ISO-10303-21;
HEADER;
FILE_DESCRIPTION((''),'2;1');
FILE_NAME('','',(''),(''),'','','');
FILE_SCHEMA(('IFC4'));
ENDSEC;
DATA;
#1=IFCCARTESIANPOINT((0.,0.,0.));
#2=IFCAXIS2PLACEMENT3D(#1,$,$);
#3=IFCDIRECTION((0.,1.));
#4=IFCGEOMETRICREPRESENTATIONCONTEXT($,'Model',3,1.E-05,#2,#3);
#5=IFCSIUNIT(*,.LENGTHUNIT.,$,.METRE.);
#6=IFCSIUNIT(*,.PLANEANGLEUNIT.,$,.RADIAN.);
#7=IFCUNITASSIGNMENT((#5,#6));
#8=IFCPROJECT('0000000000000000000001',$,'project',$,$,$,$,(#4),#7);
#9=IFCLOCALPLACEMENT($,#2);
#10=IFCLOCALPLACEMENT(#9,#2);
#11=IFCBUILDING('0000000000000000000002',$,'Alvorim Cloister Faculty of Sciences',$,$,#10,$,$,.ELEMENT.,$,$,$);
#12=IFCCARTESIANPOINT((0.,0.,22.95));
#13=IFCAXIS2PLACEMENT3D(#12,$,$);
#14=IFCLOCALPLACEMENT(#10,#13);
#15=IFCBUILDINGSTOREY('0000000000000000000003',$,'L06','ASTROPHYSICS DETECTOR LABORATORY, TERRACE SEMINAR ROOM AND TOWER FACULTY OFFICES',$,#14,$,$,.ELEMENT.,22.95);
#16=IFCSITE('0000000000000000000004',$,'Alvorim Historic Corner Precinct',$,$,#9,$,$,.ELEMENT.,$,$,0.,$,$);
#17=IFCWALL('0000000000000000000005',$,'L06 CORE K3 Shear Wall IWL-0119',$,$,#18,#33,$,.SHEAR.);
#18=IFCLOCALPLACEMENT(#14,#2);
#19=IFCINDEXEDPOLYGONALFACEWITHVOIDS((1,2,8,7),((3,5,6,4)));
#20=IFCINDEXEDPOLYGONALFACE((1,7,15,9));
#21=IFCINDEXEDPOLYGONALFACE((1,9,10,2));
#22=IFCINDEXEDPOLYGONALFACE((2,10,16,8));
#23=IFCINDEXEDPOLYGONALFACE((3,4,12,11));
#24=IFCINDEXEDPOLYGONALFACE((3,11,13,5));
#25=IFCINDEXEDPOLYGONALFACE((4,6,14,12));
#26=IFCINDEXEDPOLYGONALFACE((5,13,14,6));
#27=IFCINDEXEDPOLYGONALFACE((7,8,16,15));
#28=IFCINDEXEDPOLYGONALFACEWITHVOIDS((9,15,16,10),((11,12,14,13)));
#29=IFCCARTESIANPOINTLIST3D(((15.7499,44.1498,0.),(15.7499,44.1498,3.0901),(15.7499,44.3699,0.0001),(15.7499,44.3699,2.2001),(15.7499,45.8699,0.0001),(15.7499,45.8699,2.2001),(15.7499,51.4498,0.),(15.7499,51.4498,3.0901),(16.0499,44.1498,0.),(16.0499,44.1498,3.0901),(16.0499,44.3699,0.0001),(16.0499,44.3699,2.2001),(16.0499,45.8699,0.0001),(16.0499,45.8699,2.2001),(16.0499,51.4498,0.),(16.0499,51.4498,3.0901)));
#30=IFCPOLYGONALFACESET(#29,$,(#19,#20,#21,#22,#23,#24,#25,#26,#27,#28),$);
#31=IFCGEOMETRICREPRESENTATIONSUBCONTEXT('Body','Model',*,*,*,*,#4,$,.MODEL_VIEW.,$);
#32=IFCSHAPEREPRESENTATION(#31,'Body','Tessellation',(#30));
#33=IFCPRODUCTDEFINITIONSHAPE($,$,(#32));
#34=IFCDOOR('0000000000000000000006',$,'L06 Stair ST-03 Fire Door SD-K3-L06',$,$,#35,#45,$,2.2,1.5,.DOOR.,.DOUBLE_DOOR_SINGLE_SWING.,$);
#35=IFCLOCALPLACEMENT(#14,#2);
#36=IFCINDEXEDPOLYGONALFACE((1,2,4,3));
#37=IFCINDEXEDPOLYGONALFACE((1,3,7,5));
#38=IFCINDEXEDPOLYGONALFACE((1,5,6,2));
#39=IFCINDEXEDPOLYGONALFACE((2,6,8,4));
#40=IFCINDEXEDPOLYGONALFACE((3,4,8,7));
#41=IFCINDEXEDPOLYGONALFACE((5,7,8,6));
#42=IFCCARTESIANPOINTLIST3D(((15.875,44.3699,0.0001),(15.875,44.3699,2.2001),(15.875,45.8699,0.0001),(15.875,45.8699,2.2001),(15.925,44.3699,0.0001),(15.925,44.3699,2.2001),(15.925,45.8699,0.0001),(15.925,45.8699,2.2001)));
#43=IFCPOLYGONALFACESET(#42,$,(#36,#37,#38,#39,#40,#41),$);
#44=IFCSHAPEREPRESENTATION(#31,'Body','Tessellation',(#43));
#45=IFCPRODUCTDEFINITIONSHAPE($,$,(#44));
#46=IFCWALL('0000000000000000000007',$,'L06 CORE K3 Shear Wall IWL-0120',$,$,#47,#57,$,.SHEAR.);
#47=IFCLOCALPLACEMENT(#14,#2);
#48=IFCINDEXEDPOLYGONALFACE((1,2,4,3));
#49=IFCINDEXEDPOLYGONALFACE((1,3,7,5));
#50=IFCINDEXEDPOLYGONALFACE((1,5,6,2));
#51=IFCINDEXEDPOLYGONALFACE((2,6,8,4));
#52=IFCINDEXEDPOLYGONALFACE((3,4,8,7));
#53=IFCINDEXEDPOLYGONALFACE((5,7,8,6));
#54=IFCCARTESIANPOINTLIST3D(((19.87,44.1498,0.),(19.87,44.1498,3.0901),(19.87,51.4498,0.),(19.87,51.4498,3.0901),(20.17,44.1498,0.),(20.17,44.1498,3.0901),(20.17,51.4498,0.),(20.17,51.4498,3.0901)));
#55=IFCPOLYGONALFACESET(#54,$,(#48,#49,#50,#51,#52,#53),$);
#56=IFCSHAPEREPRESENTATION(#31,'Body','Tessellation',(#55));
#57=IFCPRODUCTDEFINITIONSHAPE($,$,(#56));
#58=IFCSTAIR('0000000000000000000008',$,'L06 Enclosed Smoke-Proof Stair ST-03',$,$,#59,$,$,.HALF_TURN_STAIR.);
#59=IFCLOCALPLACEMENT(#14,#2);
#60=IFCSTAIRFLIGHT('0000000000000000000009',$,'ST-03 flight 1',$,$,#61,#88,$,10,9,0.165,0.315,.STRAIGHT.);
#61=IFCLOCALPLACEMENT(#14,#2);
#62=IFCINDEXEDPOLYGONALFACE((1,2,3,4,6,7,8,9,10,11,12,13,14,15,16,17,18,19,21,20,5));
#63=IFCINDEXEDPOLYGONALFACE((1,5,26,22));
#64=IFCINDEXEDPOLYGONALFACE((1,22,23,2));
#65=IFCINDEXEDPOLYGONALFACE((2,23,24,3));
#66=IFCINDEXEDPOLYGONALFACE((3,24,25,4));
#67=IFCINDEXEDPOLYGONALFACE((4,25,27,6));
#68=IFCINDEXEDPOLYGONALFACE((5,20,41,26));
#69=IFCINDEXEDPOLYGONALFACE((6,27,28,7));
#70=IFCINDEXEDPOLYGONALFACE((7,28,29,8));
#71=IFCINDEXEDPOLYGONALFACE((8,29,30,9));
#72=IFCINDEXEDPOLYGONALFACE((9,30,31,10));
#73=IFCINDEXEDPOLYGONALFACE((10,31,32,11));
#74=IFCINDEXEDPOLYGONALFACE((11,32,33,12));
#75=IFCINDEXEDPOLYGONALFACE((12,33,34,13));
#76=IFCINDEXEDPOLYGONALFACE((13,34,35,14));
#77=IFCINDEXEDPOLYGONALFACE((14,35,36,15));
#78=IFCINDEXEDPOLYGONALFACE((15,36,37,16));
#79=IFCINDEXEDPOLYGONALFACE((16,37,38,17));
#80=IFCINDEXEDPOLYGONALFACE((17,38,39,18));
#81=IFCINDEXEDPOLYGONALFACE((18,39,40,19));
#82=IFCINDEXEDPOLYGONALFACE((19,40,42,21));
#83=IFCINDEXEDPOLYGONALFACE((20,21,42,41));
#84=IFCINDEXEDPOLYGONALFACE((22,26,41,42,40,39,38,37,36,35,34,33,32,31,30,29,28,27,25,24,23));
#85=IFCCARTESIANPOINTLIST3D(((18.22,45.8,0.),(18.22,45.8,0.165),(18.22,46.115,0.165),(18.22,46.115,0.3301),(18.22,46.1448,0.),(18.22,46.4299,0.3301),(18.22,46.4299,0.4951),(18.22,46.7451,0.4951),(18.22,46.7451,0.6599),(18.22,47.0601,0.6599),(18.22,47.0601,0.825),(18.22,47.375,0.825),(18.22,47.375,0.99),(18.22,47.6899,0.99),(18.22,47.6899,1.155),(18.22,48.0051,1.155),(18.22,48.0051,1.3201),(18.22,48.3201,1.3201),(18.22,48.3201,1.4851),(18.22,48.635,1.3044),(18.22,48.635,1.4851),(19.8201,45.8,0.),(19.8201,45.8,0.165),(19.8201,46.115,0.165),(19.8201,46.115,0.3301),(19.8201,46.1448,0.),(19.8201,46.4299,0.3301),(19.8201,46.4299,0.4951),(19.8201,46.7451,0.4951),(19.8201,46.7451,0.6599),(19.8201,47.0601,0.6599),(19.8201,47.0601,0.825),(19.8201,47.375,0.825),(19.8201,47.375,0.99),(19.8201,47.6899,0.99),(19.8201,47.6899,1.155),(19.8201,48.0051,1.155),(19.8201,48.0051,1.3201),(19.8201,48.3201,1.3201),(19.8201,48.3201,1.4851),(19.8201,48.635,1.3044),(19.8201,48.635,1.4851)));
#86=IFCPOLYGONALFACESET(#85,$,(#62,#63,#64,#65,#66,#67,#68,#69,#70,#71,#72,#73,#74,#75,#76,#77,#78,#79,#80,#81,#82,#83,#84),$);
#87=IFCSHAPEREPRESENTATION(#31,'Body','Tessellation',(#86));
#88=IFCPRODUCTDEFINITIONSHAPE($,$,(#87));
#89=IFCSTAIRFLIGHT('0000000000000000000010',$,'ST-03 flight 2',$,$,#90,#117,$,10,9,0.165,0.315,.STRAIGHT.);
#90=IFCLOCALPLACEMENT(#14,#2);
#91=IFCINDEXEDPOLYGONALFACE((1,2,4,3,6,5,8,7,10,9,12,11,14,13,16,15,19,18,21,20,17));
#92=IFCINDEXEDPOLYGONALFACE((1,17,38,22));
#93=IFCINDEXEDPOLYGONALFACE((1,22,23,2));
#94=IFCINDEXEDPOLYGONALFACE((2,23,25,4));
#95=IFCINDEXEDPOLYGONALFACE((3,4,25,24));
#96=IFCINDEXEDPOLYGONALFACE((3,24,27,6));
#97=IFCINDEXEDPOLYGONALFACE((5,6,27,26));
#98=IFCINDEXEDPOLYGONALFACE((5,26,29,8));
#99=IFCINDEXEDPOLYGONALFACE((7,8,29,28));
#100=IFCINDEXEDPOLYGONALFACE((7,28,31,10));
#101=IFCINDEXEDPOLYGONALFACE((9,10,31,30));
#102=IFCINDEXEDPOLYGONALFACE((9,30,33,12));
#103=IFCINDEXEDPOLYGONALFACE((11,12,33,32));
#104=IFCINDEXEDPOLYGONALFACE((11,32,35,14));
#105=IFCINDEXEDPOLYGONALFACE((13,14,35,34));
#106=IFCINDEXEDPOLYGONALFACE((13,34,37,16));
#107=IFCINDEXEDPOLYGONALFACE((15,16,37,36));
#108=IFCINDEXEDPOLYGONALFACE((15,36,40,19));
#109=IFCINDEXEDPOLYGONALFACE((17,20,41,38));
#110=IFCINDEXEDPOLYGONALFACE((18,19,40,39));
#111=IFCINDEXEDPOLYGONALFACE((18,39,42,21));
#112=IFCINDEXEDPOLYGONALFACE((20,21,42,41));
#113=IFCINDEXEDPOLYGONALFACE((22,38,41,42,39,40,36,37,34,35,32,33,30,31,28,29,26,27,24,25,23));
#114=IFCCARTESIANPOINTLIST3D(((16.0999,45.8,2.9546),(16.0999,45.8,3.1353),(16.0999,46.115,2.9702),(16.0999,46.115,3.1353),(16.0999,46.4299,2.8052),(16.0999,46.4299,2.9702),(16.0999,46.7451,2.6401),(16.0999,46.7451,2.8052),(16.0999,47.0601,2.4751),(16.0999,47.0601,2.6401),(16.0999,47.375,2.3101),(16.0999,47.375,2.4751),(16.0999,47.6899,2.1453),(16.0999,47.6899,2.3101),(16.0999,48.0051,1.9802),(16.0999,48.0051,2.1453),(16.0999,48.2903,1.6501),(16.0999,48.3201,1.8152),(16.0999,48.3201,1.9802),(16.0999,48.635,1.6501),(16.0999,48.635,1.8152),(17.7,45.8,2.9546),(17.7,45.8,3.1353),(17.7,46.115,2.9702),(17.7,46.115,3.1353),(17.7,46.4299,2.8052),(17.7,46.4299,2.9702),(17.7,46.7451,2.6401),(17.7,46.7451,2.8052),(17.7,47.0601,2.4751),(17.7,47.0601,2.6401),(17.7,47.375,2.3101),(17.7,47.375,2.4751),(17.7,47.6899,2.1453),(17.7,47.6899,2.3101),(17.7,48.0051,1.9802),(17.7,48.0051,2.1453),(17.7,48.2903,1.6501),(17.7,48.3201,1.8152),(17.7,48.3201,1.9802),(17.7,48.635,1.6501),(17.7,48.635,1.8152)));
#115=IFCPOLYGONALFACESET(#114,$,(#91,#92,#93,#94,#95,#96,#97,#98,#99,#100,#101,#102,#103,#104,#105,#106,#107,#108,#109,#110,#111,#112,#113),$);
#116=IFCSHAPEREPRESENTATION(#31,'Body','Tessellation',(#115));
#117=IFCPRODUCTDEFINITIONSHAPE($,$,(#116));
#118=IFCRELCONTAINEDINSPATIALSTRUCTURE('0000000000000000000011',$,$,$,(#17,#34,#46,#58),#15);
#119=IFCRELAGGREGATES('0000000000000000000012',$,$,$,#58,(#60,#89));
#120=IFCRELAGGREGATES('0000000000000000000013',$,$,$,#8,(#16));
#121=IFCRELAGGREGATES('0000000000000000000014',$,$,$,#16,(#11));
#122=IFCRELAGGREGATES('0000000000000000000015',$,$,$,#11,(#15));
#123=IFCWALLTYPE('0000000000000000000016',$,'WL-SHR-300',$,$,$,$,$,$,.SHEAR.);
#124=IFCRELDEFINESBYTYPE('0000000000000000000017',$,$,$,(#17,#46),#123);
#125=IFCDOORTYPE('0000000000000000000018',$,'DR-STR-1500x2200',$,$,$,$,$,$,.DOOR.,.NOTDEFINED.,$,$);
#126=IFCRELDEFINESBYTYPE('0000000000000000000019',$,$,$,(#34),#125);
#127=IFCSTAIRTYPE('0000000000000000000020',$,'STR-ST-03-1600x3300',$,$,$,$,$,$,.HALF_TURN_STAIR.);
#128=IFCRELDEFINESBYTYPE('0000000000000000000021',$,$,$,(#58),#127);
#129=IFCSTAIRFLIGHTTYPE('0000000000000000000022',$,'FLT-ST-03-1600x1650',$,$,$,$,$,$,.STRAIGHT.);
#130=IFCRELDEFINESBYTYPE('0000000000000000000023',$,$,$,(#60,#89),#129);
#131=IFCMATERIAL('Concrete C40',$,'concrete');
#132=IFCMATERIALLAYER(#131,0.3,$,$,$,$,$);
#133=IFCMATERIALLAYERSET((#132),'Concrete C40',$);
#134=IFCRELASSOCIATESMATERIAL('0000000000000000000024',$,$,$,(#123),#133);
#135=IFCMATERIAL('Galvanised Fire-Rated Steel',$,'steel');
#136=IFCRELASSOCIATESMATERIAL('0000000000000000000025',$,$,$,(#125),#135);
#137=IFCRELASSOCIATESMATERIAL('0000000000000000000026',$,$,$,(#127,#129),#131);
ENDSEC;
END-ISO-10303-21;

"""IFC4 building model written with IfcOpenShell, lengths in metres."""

from ifc_helpers import new_model, si_unit, direction, frame, frame_2d, origin, place, context, subcontext, project, spatial, polyline, rectangle, outline, extrude, material, layer, layer_set, type_object, element, fill, aggregate, save


model = new_model("IFC4")

# Units and contexts
model_context = context("Model", 3, precision=1e-05, world=origin(), true_north=direction((0.0, 1.0)))
body_context = subcontext(model_context, "Body", "Model", "MODEL_VIEW")
ifc_project = project(units=[si_unit("LENGTHUNIT", "METRE"), si_unit("PLANEANGLEUNIT", "RADIAN")], contexts=[model_context])

# Site, building, storey
site_placement = place(None, origin())
site = spatial("IfcSite", under=ifc_project, at=site_placement, Name="Alvorim Historic Corner Precinct", CompositionType="ELEMENT", RefElevation=0.0)
building_placement = place(site_placement, origin())
building = spatial("IfcBuilding", under=site, at=building_placement, Name="Alvorim Cloister Faculty of Sciences", CompositionType="ELEMENT")
storey_placement = place(building_placement, frame((0.0, 0.0, 22.95)))
storey = spatial("IfcBuildingStorey", under=building, at=storey_placement, Name="L06", Description="ASTROPHYSICS DETECTOR LABORATORY, TERRACE SEMINAR ROOM AND TOWER FACULTY OFFICES", CompositionType="ELEMENT", Elevation=22.95)

# Shared definitions
ifc_material_1 = material(Name="Concrete C40", Category="concrete")
ifc_layer = layer(ifc_material_1, 0.3)
ifc_layer_set = layer_set([ifc_layer], Name="Concrete C40")
wall_type = type_object("IfcWallType", Name="WL-SHR-300", PredefinedType="SHEAR", material=ifc_layer_set)

# Wall, opening, door
wall_1_placement = place(storey_placement, frame((15.8999, 44.1499, 0.0), z_axis=(0.0, 0.0, 1.0), x_axis=(0.0, 1.0, 0.0)))
wall_1 = element("IfcWall", 1, at=wall_1_placement, inside=storey, type_object=wall_type, Name="L06 CORE K3 Shear Wall IWL-0119", PredefinedType="SHEAR", context=body_context, shape_type="SweptSolid", body=[
    extrude(rectangle(XDim=7.3, YDim=0.3, at=frame_2d((3.6499, 0.0))), origin(), (0.0, 0.0, 1.0), 3.0901),
])
opening_placement = place(wall_1_placement, frame((0.22, 0.0, 0.0)))
opening = element("IfcOpeningElement", 2, at=opening_placement, cuts=wall_1, PredefinedType="OPENING", context=body_context, shape_type="SweptSolid", body=[
    extrude(rectangle(XDim=1.5, YDim=2.2, at=frame_2d((0.75, 1.1001))), frame((0.0, 0.1621, 0.0), z_axis=(0.0, -1.0, 0.0), x_axis=(1.0, 0.0, 0.0)), (0.0, 0.0, 1.0), 0.324),
])
ifc_material_2 = material(Name="Galvanised Fire-Rated Steel", Category="steel")
door_type = type_object("IfcDoorType", Name="DR-STR-1500x2200", OperationType="NOTDEFINED", PredefinedType="DOOR", material=ifc_material_2)
door_placement = place(opening_placement, origin())
door = element("IfcDoor", 3, at=door_placement, inside=storey, type_object=door_type, Name="L06 Stair ST-03 Fire Door SD-K3-L06", OperationType="DOUBLE_DOOR_SINGLE_SWING", OverallHeight=2.2, OverallWidth=1.5, PredefinedType="DOOR", context=body_context, shape_type="SweptSolid", body=[
    extrude(rectangle(XDim=1.5, YDim=2.2, at=frame_2d((0.75, 1.1001))), frame((0.0, 0.0249, 0.0), z_axis=(0.0, -1.0, 0.0), x_axis=(1.0, 0.0, 0.0)), (0.0, 0.0, 1.0), 0.05),
])
fill(opening, door)

# Wall
wall_2_placement = place(storey_placement, frame((20.02, 44.1499, 0.0), z_axis=(0.0, 0.0, 1.0), x_axis=(0.0, 1.0, 0.0)))
element("IfcWall", 4, at=wall_2_placement, inside=storey, type_object=wall_type, Name="L06 CORE K3 Shear Wall IWL-0120", PredefinedType="SHEAR", context=body_context, shape_type="SweptSolid", body=[
    extrude(rectangle(XDim=7.3, YDim=0.3, at=frame_2d((3.6499, 0.0))), origin(), (0.0, 0.0, 1.0), 3.0901),
])

# Stair, stair flights
stair_type = type_object("IfcStairType", Name="STR-ST-03-1600x3300", PredefinedType="HALF_TURN_STAIR", material=ifc_material_1)
stair_placement = place(storey_placement, origin())
stair = element("IfcStair", 5, at=stair_placement, inside=storey, type_object=stair_type, Name="L06 Enclosed Smoke-Proof Stair ST-03", PredefinedType="HALF_TURN_STAIR")
stair_flight_type = type_object("IfcStairFlightType", Name="FLT-ST-03-1600x1650", PredefinedType="STRAIGHT", material=ifc_material_1)
stair_flight_1_placement = place(storey_placement, frame((19.02, 45.8, 0.0), z_axis=(0.0, 0.0, 1.0), x_axis=(0.0, 1.0, 0.0)))
stair_flight_1 = element("IfcStairFlight", 6, at=stair_flight_1_placement, type_object=stair_flight_type, Name="ST-03 flight 1", NumberOfRisers=10, NumberOfTreads=9, PredefinedType="STRAIGHT", RiserHeight=0.165, TreadLength=0.315, context=body_context, shape_type="SweptSolid", body=[
    extrude(outline(polyline([(0.3447, 0.0), (2.835, 1.3044), (2.835, 1.6499), (2.835, 1.4851), (2.52, 1.4851), (2.52, 1.3201), (2.2051, 1.3201), (2.2051, 1.155), (1.8899, 1.155), (1.8899, 0.99), (1.575, 0.99), (1.575, 0.825), (1.26, 0.825), (1.26, 0.6599), (0.9451, 0.6599), (0.9451, 0.4951), (0.6299, 0.4951), (0.6299, 0.3301), (0.3149, 0.3301), (0.3149, 0.165), (0.0, 0.165), (0.0, 0.0), (0.3447, 0.0)])), frame((0.0, 0.8, 0.0), z_axis=(0.0, -1.0, 0.0), x_axis=(1.0, 0.0, 0.0)), (0.0, 0.0, 1.0), 1.6001),
])
stair_flight_2_placement = place(storey_placement, frame((16.8999, 48.635, 1.6501), z_axis=(0.0, 0.0, 1.0), x_axis=(0.0, -1.0, 0.0)))
stair_flight_2 = element("IfcStairFlight", 7, at=stair_flight_2_placement, type_object=stair_flight_type, Name="ST-03 flight 2", NumberOfRisers=10, NumberOfTreads=9, PredefinedType="STRAIGHT", RiserHeight=0.165, TreadLength=0.315, context=body_context, shape_type="SweptSolid", body=[
    extrude(outline(polyline([(0.3447, 0.0), (2.835, 1.3044), (2.835, 1.6499), (2.835, 1.4851), (2.52, 1.4851), (2.52, 1.3201), (2.2051, 1.3201), (2.2051, 1.155), (1.8899, 1.155), (1.8899, 0.99), (1.575, 0.99), (1.575, 0.825), (1.26, 0.825), (1.26, 0.6599), (0.9451, 0.6599), (0.9451, 0.4951), (0.6299, 0.4951), (0.6299, 0.3301), (0.3149, 0.3301), (0.3149, 0.165), (0.0, 0.165), (0.0, 0.0), (0.3447, 0.0)])), frame((0.0, 0.8, 0.0), z_axis=(0.0, -1.0, 0.0), x_axis=(1.0, 0.0, 0.0)), (0.0, 0.0, 1.0), 1.6001),
])
aggregate(stair, [stair_flight_1, stair_flight_2])

save(model, "model.ifc")
